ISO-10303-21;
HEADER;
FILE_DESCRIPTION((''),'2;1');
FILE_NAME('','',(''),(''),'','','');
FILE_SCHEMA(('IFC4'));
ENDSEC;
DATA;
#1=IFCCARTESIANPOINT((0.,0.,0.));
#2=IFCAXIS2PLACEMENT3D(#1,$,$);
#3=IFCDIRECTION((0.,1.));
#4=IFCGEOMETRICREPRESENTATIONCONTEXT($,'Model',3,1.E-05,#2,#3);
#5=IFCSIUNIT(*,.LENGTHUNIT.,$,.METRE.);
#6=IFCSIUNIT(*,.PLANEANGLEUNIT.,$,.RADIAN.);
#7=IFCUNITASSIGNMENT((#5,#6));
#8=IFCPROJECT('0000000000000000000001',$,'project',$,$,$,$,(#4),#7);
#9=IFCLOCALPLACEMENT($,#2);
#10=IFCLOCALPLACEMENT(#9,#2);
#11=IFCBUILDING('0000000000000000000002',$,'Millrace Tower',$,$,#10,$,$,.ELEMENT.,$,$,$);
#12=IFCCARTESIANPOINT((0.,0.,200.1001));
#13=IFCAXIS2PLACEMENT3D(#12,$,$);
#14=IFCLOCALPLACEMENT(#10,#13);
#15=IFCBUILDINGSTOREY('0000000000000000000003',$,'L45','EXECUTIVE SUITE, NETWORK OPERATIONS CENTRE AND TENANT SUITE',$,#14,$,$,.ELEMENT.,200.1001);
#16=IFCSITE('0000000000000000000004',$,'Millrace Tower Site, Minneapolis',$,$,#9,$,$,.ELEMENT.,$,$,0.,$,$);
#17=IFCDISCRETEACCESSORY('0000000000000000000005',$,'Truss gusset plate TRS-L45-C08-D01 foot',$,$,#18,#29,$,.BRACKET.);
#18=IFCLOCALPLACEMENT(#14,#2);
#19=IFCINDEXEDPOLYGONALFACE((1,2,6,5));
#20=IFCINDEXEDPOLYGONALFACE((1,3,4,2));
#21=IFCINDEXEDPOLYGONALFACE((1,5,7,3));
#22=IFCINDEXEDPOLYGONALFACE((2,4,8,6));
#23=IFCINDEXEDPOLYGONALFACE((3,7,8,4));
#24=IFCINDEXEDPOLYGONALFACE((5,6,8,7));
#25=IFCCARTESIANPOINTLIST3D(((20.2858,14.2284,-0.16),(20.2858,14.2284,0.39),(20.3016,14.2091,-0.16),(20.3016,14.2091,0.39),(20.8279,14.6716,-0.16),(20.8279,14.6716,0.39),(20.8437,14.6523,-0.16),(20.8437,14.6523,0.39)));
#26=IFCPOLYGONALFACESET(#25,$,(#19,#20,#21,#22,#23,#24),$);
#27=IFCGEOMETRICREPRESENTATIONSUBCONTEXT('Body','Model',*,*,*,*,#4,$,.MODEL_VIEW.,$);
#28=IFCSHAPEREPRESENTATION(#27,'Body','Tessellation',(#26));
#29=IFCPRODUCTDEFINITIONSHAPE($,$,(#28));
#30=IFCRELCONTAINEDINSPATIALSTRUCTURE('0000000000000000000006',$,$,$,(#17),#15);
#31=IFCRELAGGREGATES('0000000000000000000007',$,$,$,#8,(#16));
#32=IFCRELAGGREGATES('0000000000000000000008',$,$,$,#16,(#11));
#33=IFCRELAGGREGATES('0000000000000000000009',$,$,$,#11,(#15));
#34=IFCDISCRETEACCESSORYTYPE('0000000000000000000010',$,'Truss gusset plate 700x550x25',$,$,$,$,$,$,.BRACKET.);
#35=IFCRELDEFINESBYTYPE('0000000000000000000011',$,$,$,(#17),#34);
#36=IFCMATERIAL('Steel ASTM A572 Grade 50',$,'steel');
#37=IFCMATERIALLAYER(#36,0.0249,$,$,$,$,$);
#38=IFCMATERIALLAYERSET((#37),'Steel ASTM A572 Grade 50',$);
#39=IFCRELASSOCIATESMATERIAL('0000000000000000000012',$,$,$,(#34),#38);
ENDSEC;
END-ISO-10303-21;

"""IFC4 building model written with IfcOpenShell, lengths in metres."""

from ifc_helpers import new_model, si_unit, direction, frame, origin, origin_2d, place, context, subcontext, project, spatial, rectangle, extrude, material, layer, layer_set, type_object, element, save


model = new_model("IFC4")

# Units and contexts
model_context = context("Model", 3, precision=1e-05, world=origin(), true_north=direction((0.0, 1.0)))
body_context = subcontext(model_context, "Body", "Model", "MODEL_VIEW")
ifc_project = project(units=[si_unit("LENGTHUNIT", "METRE"), si_unit("PLANEANGLEUNIT", "RADIAN")], contexts=[model_context])

# Site, building, storey
site_placement = place(None, origin())
site = spatial("IfcSite", under=ifc_project, at=site_placement, Name="Millrace Tower Site, Minneapolis", CompositionType="ELEMENT", RefElevation=0.0)
building_placement = place(site_placement, origin())
building = spatial("IfcBuilding", under=site, at=building_placement, Name="Millrace Tower", CompositionType="ELEMENT")
storey_placement = place(building_placement, frame((0.0, 0.0, 200.1001)))
storey = spatial("IfcBuildingStorey", under=building, at=storey_placement, Name="L45", Description="EXECUTIVE SUITE, NETWORK OPERATIONS CENTRE AND TENANT SUITE", CompositionType="ELEMENT", Elevation=200.1001)

# Discrete accessory
ifc_material_1 = material(Name="Steel ASTM A572 Grade 50", Category="steel")
ifc_layer_1 = layer(ifc_material_1, 0.0249)
ifc_layer_set_1 = layer_set([ifc_layer_1], Name="Steel ASTM A572 Grade 50")
discrete_accessory_type = type_object("IfcDiscreteAccessoryType", Name="Truss gusset plate 700x550x25", PredefinedType="BRACKET", material=ifc_layer_set_1)
discrete_accessory_placement = place(storey_placement, frame((20.2937, 14.2188, 0.115), z_axis=(0.77419, 0.632953, 0.0), x_axis=(-0.632953, 0.77419, 0.0)))
element("IfcDiscreteAccessory", 1, at=discrete_accessory_placement, inside=storey, type_object=discrete_accessory_type, Name="Truss gusset plate TRS-L45-C08-D01 foot", PredefinedType="BRACKET", context=body_context, shape_type="SweptSolid", body=[
    extrude(rectangle(XDim=0.0249, YDim=0.55, at=origin_2d()), origin(), (0.0, 0.0, 1.0), 0.7002),
])

save(model, "model.ifc")
